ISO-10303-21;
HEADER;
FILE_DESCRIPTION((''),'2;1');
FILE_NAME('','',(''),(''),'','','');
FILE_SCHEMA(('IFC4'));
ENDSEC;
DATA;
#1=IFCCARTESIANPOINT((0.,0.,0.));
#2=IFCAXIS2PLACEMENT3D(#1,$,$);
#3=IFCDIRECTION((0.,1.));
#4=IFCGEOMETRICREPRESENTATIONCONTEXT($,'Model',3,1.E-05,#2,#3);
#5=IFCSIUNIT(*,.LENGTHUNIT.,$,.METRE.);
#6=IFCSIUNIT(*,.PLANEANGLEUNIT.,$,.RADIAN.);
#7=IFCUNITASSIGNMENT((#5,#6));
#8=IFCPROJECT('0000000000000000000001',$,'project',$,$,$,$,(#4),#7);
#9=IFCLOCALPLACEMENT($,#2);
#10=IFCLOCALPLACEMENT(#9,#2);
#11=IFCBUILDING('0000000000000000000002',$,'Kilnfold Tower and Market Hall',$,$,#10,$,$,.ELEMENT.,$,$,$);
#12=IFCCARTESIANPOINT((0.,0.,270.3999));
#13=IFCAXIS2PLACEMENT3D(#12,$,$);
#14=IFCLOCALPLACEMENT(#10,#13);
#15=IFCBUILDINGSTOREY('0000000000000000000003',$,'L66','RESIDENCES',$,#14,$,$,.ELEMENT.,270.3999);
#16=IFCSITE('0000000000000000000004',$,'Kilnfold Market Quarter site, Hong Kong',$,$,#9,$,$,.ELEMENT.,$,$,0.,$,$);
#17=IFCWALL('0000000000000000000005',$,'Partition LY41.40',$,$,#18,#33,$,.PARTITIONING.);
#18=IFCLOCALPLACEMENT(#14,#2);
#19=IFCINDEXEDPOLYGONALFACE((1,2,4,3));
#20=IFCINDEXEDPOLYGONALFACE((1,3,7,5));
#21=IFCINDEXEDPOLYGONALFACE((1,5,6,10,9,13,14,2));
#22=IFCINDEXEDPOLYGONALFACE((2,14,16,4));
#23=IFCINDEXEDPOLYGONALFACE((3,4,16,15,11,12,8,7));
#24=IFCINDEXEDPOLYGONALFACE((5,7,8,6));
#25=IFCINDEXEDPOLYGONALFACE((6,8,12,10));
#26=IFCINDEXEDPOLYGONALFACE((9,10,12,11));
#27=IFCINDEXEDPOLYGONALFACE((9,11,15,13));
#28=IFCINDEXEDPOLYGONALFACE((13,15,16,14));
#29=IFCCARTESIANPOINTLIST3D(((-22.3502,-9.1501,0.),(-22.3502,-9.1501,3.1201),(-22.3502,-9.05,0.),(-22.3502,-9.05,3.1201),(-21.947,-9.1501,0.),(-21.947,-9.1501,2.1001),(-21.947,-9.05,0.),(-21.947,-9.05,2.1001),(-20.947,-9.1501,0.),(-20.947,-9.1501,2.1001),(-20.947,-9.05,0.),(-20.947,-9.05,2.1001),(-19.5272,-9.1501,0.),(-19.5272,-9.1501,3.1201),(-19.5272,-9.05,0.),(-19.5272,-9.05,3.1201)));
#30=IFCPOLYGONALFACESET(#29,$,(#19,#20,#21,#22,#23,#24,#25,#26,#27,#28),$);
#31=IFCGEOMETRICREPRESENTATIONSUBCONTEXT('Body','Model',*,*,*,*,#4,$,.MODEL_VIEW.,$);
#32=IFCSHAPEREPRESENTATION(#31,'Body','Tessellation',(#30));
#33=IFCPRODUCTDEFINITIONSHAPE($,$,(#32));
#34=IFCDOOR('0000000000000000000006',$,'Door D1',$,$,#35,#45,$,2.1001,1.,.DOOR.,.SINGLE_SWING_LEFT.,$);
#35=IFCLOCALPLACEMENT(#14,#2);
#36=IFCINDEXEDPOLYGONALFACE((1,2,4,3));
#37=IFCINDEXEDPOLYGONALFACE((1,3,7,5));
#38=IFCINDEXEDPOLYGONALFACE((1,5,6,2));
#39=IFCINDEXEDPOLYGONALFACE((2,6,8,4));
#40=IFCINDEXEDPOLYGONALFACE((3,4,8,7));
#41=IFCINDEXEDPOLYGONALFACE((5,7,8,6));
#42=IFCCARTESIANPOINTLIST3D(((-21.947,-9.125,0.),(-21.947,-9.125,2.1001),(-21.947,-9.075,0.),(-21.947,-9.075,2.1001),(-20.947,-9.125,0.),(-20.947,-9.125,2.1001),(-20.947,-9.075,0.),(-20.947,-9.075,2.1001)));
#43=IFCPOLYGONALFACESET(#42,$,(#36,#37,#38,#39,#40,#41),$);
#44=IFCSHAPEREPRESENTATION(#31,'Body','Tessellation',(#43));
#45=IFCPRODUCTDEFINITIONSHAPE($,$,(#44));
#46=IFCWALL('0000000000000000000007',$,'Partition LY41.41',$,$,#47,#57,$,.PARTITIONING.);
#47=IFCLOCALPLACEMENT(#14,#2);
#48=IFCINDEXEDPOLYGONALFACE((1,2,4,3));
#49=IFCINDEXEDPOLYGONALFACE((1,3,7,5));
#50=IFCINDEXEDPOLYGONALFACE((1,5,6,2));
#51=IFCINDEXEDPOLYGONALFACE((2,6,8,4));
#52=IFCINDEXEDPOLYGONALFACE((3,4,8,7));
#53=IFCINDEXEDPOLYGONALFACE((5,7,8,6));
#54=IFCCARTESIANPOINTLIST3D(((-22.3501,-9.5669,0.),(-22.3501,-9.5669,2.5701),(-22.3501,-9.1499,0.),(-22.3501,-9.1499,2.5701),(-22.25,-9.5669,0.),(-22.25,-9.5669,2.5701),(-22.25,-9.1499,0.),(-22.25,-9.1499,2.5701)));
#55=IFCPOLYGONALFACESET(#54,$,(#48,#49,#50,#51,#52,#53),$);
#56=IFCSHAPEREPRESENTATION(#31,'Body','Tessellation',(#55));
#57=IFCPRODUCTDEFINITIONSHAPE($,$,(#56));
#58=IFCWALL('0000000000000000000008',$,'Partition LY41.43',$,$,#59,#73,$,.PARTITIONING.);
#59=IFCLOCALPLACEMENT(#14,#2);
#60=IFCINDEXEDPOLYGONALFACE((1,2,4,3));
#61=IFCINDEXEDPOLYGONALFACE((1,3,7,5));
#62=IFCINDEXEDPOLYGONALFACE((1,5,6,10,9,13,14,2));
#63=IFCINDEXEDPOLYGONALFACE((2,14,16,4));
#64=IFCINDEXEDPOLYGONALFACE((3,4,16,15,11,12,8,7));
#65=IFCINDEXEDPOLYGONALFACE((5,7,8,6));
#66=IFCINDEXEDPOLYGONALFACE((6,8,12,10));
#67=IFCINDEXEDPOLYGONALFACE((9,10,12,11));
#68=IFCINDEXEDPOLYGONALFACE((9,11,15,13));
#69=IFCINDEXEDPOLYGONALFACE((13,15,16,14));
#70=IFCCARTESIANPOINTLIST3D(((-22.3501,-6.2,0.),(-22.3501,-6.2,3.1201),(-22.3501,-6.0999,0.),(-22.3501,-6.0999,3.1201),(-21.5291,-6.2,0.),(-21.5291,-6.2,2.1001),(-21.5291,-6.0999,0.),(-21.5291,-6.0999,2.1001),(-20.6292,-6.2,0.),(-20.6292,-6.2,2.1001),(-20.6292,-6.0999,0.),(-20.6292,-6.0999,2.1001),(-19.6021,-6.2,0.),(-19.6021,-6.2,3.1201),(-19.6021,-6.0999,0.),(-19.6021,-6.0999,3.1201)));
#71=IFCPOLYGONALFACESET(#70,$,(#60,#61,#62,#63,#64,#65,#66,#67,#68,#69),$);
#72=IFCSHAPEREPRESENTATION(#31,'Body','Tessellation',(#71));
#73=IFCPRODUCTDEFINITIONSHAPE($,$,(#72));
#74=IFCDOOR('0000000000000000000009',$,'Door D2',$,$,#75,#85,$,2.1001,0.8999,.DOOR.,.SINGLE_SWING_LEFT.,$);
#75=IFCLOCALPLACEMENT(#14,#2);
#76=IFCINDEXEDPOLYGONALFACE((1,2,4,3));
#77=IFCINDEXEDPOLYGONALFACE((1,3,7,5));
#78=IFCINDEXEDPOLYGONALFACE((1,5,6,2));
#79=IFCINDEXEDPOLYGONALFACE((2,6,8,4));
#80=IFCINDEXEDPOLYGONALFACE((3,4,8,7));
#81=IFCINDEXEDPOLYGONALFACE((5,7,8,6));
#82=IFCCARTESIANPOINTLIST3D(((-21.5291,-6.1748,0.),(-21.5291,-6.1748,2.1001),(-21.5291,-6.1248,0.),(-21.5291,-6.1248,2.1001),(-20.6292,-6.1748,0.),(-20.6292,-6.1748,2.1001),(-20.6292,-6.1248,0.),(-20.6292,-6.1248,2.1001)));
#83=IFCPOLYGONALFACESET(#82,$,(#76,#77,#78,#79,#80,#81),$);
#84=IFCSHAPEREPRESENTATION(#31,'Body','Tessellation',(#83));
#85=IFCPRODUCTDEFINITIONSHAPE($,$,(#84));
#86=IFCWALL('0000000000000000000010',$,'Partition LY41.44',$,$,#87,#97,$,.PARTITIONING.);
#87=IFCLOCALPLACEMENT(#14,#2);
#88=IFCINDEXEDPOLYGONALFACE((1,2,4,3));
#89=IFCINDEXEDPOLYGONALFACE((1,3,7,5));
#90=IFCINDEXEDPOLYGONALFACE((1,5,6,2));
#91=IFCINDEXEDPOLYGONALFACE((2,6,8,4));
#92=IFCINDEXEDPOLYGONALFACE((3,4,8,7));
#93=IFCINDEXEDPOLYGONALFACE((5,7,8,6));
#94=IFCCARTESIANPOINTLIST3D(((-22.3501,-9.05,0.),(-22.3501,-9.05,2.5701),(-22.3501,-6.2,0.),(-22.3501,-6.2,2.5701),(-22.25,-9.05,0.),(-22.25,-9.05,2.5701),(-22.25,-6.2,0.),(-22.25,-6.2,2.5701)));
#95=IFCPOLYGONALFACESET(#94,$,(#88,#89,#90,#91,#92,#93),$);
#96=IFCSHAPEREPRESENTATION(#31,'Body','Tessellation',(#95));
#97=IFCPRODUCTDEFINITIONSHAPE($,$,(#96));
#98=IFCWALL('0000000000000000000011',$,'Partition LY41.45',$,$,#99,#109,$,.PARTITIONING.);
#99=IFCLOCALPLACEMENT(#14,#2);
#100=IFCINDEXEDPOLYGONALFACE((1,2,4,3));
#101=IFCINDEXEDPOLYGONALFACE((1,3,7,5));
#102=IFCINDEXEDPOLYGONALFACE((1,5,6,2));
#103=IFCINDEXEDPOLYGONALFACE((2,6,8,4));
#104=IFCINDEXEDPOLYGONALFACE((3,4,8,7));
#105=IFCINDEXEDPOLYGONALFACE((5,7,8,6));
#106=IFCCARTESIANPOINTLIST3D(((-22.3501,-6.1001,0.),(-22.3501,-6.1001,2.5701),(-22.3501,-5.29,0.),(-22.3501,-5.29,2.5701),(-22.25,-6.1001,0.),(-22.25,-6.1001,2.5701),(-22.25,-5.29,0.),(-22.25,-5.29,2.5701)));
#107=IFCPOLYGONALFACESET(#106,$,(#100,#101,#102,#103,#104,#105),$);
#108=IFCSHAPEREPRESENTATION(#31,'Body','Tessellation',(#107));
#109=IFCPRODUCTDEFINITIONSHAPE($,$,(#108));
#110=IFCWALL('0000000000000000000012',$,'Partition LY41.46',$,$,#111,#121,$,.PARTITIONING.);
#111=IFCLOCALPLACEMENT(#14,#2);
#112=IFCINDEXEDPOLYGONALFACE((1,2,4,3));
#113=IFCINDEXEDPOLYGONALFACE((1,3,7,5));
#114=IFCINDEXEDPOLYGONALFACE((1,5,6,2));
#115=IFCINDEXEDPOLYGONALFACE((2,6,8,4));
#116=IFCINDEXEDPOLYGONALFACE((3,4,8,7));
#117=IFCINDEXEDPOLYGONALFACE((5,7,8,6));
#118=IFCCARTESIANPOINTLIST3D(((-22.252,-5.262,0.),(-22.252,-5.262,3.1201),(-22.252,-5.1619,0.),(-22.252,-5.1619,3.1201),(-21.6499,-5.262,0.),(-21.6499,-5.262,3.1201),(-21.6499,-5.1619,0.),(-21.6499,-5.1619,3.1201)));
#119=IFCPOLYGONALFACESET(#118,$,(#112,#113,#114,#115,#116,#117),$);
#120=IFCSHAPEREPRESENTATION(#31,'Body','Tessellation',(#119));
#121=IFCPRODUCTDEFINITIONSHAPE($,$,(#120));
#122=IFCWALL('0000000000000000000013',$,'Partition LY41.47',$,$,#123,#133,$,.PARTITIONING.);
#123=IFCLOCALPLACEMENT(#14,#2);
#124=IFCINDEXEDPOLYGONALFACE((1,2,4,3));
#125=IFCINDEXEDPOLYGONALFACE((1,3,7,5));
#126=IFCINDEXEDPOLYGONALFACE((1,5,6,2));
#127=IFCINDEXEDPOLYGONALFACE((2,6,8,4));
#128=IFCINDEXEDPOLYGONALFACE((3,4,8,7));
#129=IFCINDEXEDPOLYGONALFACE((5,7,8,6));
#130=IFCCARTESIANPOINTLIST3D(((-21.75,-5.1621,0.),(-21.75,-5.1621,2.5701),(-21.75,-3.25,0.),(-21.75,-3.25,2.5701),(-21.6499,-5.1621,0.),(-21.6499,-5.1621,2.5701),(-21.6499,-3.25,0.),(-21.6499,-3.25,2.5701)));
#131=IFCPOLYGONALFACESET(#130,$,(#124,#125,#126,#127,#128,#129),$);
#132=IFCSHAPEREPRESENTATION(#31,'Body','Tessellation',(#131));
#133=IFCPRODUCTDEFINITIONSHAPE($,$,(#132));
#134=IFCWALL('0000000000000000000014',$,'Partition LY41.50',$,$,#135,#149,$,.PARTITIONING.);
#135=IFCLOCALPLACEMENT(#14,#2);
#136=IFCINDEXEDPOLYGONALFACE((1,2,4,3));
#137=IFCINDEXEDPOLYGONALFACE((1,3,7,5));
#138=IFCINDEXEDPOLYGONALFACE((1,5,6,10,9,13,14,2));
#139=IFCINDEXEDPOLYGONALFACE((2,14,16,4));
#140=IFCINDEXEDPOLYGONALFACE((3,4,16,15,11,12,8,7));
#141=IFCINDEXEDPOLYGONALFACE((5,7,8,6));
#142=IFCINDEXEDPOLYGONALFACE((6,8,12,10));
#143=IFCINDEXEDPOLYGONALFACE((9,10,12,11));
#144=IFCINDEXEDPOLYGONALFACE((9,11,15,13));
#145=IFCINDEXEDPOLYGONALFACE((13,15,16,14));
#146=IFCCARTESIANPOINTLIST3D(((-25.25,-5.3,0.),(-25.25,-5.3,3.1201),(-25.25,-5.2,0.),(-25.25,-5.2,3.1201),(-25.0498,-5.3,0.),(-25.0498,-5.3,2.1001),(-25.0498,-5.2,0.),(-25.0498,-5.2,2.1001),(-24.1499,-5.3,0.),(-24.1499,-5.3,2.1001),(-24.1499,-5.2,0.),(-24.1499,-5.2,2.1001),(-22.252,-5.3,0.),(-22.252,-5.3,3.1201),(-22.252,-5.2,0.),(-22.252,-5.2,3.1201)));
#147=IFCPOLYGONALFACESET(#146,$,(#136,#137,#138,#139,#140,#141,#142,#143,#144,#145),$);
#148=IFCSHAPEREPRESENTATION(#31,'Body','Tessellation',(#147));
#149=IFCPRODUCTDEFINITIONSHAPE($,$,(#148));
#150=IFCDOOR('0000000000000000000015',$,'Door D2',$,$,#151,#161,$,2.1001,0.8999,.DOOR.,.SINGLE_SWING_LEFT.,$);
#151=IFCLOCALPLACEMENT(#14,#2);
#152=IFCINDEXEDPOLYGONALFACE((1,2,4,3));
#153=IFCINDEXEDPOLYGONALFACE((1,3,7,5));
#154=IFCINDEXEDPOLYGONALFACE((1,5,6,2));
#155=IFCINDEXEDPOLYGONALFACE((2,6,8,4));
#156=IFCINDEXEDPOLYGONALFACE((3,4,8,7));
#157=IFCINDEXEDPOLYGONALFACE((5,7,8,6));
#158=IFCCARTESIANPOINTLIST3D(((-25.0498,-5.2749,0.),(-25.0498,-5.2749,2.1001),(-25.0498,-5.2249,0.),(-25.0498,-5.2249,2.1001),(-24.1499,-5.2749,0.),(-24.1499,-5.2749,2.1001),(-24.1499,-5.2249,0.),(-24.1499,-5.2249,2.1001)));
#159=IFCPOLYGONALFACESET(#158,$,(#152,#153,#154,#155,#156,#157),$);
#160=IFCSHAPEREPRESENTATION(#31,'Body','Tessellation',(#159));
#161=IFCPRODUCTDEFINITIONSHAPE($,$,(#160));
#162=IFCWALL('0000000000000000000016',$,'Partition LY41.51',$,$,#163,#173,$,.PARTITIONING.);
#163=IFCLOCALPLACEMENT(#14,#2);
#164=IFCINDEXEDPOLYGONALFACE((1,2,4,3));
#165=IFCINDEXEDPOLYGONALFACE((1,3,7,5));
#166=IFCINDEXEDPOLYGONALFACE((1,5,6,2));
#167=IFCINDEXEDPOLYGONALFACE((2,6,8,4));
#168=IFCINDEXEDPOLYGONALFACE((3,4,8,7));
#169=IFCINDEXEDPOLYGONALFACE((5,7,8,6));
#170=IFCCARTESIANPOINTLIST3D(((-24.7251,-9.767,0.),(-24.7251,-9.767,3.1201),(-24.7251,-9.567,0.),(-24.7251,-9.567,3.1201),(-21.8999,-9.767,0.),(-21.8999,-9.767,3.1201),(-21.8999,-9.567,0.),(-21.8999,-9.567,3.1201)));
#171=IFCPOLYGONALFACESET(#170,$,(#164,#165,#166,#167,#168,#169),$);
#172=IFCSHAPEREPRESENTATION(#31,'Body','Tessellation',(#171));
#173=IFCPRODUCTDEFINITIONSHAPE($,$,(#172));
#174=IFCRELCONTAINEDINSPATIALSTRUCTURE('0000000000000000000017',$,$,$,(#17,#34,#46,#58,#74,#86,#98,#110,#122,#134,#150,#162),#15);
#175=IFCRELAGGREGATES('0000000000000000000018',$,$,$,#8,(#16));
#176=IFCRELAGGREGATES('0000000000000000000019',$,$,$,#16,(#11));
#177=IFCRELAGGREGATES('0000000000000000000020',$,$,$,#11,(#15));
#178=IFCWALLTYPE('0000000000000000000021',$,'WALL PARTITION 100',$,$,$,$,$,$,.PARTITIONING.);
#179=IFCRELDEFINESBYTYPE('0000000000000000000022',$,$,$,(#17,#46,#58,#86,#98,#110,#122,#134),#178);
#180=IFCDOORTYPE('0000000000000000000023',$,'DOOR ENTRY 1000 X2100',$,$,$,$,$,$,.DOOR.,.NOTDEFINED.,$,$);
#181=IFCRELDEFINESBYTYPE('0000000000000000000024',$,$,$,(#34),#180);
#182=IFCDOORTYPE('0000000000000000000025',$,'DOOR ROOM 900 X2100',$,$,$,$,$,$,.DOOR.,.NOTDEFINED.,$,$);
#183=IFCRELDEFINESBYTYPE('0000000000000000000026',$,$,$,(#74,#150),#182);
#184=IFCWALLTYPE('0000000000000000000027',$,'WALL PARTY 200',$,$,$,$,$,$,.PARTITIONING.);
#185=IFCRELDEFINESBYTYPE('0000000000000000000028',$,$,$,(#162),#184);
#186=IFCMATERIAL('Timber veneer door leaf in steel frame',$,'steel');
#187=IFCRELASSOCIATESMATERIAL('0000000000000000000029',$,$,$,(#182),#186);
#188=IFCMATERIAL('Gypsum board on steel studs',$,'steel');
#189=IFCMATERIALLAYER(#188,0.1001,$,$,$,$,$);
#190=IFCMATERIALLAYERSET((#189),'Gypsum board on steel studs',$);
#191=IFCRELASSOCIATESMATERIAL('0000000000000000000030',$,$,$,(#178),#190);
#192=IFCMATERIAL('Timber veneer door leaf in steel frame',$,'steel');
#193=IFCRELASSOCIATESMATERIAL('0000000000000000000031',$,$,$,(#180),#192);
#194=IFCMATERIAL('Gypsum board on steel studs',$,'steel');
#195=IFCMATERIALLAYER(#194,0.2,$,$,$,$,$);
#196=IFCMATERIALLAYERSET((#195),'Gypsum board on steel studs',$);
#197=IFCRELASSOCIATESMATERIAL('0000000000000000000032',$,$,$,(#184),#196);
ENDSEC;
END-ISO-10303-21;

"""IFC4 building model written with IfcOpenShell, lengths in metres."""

from ifc_helpers import new_model, si_unit, direction, frame, frame_2d, origin, place, context, subcontext, project, spatial, rectangle, extrude, material, layer, layer_set, type_object, element, fill, save


model = new_model("IFC4")

# Units and contexts
model_context = context("Model", 3, precision=1e-05, world=origin(), true_north=direction((0.0, 1.0)))
body_context = subcontext(model_context, "Body", "Model", "MODEL_VIEW")
ifc_project = project(units=[si_unit("LENGTHUNIT", "METRE"), si_unit("PLANEANGLEUNIT", "RADIAN")], contexts=[model_context])

# Site, building, storey
site_placement = place(None, origin())
site = spatial("IfcSite", under=ifc_project, at=site_placement, Name="Kilnfold Market Quarter site, Hong Kong", CompositionType="ELEMENT", RefElevation=0.0)
building_placement = place(site_placement, origin())
building = spatial("IfcBuilding", under=site, at=building_placement, Name="Kilnfold Tower and Market Hall", CompositionType="ELEMENT")
storey_placement = place(building_placement, frame((0.0, 0.0, 270.3999)))
storey = spatial("IfcBuildingStorey", under=building, at=storey_placement, Name="L66", Description="RESIDENCES", CompositionType="ELEMENT", Elevation=270.3999)

# Shared definitions
ifc_material_1 = material(Name="Timber veneer door leaf in steel frame", Category="steel")
door_type_1 = type_object("IfcDoorType", Name="DOOR ROOM 900 X2100", OperationType="NOTDEFINED", PredefinedType="DOOR", material=ifc_material_1)

# Wall, opening, door
ifc_material_2 = material(Name="Gypsum board on steel studs", Category="steel")
ifc_layer_1 = layer(ifc_material_2, 0.1001)
ifc_layer_set_1 = layer_set([ifc_layer_1], Name="Gypsum board on steel studs")
wall_type_1 = type_object("IfcWallType", Name="WALL PARTITION 100", PredefinedType="PARTITIONING", material=ifc_layer_set_1)
wall_1_placement = place(storey_placement, frame((-19.5271, -9.1001, 0.0), z_axis=(0.0, 0.0, 1.0), x_axis=(-1.0, 0.0, 0.0)))
wall_1 = element("IfcWall", 1, at=wall_1_placement, inside=storey, type_object=wall_type_1, Name="Partition LY41.40", PredefinedType="PARTITIONING", context=body_context, shape_type="SweptSolid", body=[
    extrude(rectangle(XDim=2.823, YDim=0.1001, at=frame_2d((1.4116, 0.0))), origin(), (0.0, 0.0, 1.0), 3.1201),
])
opening_1_placement = place(wall_1_placement, frame((1.4199, 0.0, 0.0)))
opening_1 = element("IfcOpeningElement", 2, at=opening_1_placement, cuts=wall_1, PredefinedType="OPENING", context=body_context, shape_type="SweptSolid", body=[
    extrude(rectangle(XDim=1.0, YDim=2.1001, at=frame_2d((0.5, 1.05))), frame((0.0, 0.0601, 0.0), z_axis=(0.0, -1.0, 0.0), x_axis=(1.0, 0.0, 0.0)), (0.0, 0.0, 1.0), 0.1201),
])
ifc_material_3 = material(Name="Timber veneer door leaf in steel frame", Category="steel")
door_type_2 = type_object("IfcDoorType", Name="DOOR ENTRY 1000 X2100", OperationType="NOTDEFINED", PredefinedType="DOOR", material=ifc_material_3)
door_1_placement = place(opening_1_placement, origin())
door_1 = element("IfcDoor", 3, at=door_1_placement, inside=storey, type_object=door_type_2, Name="Door D1", OperationType="SINGLE_SWING_LEFT", OverallHeight=2.1001, OverallWidth=1.0, PredefinedType="DOOR", context=body_context, shape_type="SweptSolid", body=[
    extrude(rectangle(XDim=1.0, YDim=2.1001, at=frame_2d((0.5, 1.05))), frame((0.0, 0.0249, 0.0), z_axis=(0.0, -1.0, 0.0), x_axis=(1.0, 0.0, 0.0)), (0.0, 0.0, 1.0), 0.05),
])
fill(opening_1, door_1)

# Wall
wall_2_placement = place(storey_placement, frame((-22.3, -9.5669, 0.0), z_axis=(0.0, 0.0, 1.0), x_axis=(0.0, 1.0, 0.0)))
element("IfcWall", 4, at=wall_2_placement, inside=storey, type_object=wall_type_1, Name="Partition LY41.41", PredefinedType="PARTITIONING", context=body_context, shape_type="SweptSolid", body=[
    extrude(rectangle(XDim=0.417, YDim=0.1001, at=frame_2d((0.2085, 0.0))), origin(), (0.0, 0.0, 1.0), 2.5701),
])

# Wall, opening, door
wall_3_placement = place(storey_placement, frame((-19.6021, -6.1499, 0.0), z_axis=(0.0, 0.0, 1.0), x_axis=(-1.0, 0.0, 0.0)))
wall_3 = element("IfcWall", 5, at=wall_3_placement, inside=storey, type_object=wall_type_1, Name="Partition LY41.43", PredefinedType="PARTITIONING", context=body_context, shape_type="SweptSolid", body=[
    extrude(rectangle(XDim=2.748, YDim=0.1001, at=frame_2d((1.374, 0.0))), origin(), (0.0, 0.0, 1.0), 3.1201),
])
opening_2_placement = place(wall_3_placement, frame((1.0271, 0.0, 0.0)))
opening_2 = element("IfcOpeningElement", 6, at=opening_2_placement, cuts=wall_3, PredefinedType="OPENING", context=body_context, shape_type="SweptSolid", body=[
    extrude(rectangle(XDim=0.8999, YDim=2.1001, at=frame_2d((0.45, 1.05))), frame((0.0, 0.0601, 0.0), z_axis=(0.0, -1.0, 0.0), x_axis=(1.0, 0.0, 0.0)), (0.0, 0.0, 1.0), 0.1201),
])
door_2_placement = place(opening_2_placement, origin())
door_2 = element("IfcDoor", 7, at=door_2_placement, inside=storey, type_object=door_type_1, Name="Door D2", OperationType="SINGLE_SWING_LEFT", OverallHeight=2.1001, OverallWidth=0.8999, PredefinedType="DOOR", context=body_context, shape_type="SweptSolid", body=[
    extrude(rectangle(XDim=0.8999, YDim=2.1001, at=frame_2d((0.45, 1.05))), frame((0.0, 0.0249, 0.0), z_axis=(0.0, -1.0, 0.0), x_axis=(1.0, 0.0, 0.0)), (0.0, 0.0, 1.0), 0.05),
])
fill(opening_2, door_2)

# Walls
wall_4_placement = place(storey_placement, frame((-22.3, -9.05, 0.0), z_axis=(0.0, 0.0, 1.0), x_axis=(0.0, 1.0, 0.0)))
element("IfcWall", 8, at=wall_4_placement, inside=storey, type_object=wall_type_1, Name="Partition LY41.44", PredefinedType="PARTITIONING", context=body_context, shape_type="SweptSolid", body=[
    extrude(rectangle(XDim=2.8501, YDim=0.1001, at=frame_2d((1.425, 0.0))), origin(), (0.0, 0.0, 1.0), 2.5701),
])
wall_5_placement = place(storey_placement, frame((-22.3, -6.1001, 0.0), z_axis=(0.0, 0.0, 1.0), x_axis=(0.0, 1.0, 0.0)))
element("IfcWall", 9, at=wall_5_placement, inside=storey, type_object=wall_type_1, Name="Partition LY41.45", PredefinedType="PARTITIONING", context=body_context, shape_type="SweptSolid", body=[
    extrude(rectangle(XDim=0.8101, YDim=0.1001, at=frame_2d((0.405, 0.0))), origin(), (0.0, 0.0, 1.0), 2.5701),
])
wall_6_placement = place(storey_placement, frame((-21.6499, -5.2119, 0.0), z_axis=(0.0, 0.0, 1.0), x_axis=(-1.0, 0.0, 0.0)))
element("IfcWall", 10, at=wall_6_placement, inside=storey, type_object=wall_type_1, Name="Partition LY41.46", PredefinedType="PARTITIONING", context=body_context, shape_type="SweptSolid", body=[
    extrude(rectangle(XDim=0.6021, YDim=0.1001, at=frame_2d((0.301, 0.0))), origin(), (0.0, 0.0, 1.0), 3.1201),
])
wall_7_placement = place(storey_placement, frame((-21.7, -5.1621, 0.0), z_axis=(0.0, 0.0, 1.0), x_axis=(0.0, 1.0, 0.0)))
element("IfcWall", 11, at=wall_7_placement, inside=storey, type_object=wall_type_1, Name="Partition LY41.47", PredefinedType="PARTITIONING", context=body_context, shape_type="SweptSolid", body=[
    extrude(rectangle(XDim=1.9121, YDim=0.1001, at=frame_2d((0.9561, 0.0))), origin(), (0.0, 0.0, 1.0), 2.5701),
])

# Wall, opening, door
wall_8_placement = place(storey_placement, frame((-22.252, -5.25, 0.0), z_axis=(0.0, 0.0, 1.0), x_axis=(-1.0, 0.0, 0.0)))
wall_8 = element("IfcWall", 12, at=wall_8_placement, inside=storey, type_object=wall_type_1, Name="Partition LY41.50", PredefinedType="PARTITIONING", context=body_context, shape_type="SweptSolid", body=[
    extrude(rectangle(XDim=2.998, YDim=0.1001, at=frame_2d((1.499, 0.0))), origin(), (0.0, 0.0, 1.0), 3.1201),
])
opening_3_placement = place(wall_8_placement, frame((1.8979, 0.0, 0.0)))
opening_3 = element("IfcOpeningElement", 13, at=opening_3_placement, cuts=wall_8, PredefinedType="OPENING", context=body_context, shape_type="SweptSolid", body=[
    extrude(rectangle(XDim=0.8999, YDim=2.1001, at=frame_2d((0.45, 1.05))), frame((0.0, 0.0601, 0.0), z_axis=(0.0, -1.0, 0.0), x_axis=(1.0, 0.0, 0.0)), (0.0, 0.0, 1.0), 0.1201),
])
door_3_placement = place(opening_3_placement, origin())
door_3 = element("IfcDoor", 14, at=door_3_placement, inside=storey, type_object=door_type_1, Name="Door D2", OperationType="SINGLE_SWING_LEFT", OverallHeight=2.1001, OverallWidth=0.8999, PredefinedType="DOOR", context=body_context, shape_type="SweptSolid", body=[
    extrude(rectangle(XDim=0.8999, YDim=2.1001, at=frame_2d((0.45, 1.05))), frame((0.0, 0.0249, 0.0), z_axis=(0.0, -1.0, 0.0), x_axis=(1.0, 0.0, 0.0)), (0.0, 0.0, 1.0), 0.05),
])
fill(opening_3, door_3)

# Wall
ifc_material_4 = material(Name="Gypsum board on steel studs", Category="steel")
ifc_layer_2 = layer(ifc_material_4, 0.2)
ifc_layer_set_2 = layer_set([ifc_layer_2], Name="Gypsum board on steel studs")
wall_type_2 = type_object("IfcWallType", Name="WALL PARTY 200", PredefinedType="PARTITIONING", material=ifc_layer_set_2)
wall_9_placement = place(storey_placement, frame((-24.7251, -9.667, 0.0), z_axis=(0.0, 0.0, 1.0), x_axis=(1.0, 0.0, 0.0)))
element("IfcWall", 15, at=wall_9_placement, inside=storey, type_object=wall_type_2, Name="Partition LY41.51", PredefinedType="PARTITIONING", context=body_context, shape_type="SweptSolid", body=[
    extrude(rectangle(XDim=2.8252, YDim=0.2, at=frame_2d((1.4126, 0.0))), origin(), (0.0, 0.0, 1.0), 3.1201),
])

save(model, "model.ifc")
